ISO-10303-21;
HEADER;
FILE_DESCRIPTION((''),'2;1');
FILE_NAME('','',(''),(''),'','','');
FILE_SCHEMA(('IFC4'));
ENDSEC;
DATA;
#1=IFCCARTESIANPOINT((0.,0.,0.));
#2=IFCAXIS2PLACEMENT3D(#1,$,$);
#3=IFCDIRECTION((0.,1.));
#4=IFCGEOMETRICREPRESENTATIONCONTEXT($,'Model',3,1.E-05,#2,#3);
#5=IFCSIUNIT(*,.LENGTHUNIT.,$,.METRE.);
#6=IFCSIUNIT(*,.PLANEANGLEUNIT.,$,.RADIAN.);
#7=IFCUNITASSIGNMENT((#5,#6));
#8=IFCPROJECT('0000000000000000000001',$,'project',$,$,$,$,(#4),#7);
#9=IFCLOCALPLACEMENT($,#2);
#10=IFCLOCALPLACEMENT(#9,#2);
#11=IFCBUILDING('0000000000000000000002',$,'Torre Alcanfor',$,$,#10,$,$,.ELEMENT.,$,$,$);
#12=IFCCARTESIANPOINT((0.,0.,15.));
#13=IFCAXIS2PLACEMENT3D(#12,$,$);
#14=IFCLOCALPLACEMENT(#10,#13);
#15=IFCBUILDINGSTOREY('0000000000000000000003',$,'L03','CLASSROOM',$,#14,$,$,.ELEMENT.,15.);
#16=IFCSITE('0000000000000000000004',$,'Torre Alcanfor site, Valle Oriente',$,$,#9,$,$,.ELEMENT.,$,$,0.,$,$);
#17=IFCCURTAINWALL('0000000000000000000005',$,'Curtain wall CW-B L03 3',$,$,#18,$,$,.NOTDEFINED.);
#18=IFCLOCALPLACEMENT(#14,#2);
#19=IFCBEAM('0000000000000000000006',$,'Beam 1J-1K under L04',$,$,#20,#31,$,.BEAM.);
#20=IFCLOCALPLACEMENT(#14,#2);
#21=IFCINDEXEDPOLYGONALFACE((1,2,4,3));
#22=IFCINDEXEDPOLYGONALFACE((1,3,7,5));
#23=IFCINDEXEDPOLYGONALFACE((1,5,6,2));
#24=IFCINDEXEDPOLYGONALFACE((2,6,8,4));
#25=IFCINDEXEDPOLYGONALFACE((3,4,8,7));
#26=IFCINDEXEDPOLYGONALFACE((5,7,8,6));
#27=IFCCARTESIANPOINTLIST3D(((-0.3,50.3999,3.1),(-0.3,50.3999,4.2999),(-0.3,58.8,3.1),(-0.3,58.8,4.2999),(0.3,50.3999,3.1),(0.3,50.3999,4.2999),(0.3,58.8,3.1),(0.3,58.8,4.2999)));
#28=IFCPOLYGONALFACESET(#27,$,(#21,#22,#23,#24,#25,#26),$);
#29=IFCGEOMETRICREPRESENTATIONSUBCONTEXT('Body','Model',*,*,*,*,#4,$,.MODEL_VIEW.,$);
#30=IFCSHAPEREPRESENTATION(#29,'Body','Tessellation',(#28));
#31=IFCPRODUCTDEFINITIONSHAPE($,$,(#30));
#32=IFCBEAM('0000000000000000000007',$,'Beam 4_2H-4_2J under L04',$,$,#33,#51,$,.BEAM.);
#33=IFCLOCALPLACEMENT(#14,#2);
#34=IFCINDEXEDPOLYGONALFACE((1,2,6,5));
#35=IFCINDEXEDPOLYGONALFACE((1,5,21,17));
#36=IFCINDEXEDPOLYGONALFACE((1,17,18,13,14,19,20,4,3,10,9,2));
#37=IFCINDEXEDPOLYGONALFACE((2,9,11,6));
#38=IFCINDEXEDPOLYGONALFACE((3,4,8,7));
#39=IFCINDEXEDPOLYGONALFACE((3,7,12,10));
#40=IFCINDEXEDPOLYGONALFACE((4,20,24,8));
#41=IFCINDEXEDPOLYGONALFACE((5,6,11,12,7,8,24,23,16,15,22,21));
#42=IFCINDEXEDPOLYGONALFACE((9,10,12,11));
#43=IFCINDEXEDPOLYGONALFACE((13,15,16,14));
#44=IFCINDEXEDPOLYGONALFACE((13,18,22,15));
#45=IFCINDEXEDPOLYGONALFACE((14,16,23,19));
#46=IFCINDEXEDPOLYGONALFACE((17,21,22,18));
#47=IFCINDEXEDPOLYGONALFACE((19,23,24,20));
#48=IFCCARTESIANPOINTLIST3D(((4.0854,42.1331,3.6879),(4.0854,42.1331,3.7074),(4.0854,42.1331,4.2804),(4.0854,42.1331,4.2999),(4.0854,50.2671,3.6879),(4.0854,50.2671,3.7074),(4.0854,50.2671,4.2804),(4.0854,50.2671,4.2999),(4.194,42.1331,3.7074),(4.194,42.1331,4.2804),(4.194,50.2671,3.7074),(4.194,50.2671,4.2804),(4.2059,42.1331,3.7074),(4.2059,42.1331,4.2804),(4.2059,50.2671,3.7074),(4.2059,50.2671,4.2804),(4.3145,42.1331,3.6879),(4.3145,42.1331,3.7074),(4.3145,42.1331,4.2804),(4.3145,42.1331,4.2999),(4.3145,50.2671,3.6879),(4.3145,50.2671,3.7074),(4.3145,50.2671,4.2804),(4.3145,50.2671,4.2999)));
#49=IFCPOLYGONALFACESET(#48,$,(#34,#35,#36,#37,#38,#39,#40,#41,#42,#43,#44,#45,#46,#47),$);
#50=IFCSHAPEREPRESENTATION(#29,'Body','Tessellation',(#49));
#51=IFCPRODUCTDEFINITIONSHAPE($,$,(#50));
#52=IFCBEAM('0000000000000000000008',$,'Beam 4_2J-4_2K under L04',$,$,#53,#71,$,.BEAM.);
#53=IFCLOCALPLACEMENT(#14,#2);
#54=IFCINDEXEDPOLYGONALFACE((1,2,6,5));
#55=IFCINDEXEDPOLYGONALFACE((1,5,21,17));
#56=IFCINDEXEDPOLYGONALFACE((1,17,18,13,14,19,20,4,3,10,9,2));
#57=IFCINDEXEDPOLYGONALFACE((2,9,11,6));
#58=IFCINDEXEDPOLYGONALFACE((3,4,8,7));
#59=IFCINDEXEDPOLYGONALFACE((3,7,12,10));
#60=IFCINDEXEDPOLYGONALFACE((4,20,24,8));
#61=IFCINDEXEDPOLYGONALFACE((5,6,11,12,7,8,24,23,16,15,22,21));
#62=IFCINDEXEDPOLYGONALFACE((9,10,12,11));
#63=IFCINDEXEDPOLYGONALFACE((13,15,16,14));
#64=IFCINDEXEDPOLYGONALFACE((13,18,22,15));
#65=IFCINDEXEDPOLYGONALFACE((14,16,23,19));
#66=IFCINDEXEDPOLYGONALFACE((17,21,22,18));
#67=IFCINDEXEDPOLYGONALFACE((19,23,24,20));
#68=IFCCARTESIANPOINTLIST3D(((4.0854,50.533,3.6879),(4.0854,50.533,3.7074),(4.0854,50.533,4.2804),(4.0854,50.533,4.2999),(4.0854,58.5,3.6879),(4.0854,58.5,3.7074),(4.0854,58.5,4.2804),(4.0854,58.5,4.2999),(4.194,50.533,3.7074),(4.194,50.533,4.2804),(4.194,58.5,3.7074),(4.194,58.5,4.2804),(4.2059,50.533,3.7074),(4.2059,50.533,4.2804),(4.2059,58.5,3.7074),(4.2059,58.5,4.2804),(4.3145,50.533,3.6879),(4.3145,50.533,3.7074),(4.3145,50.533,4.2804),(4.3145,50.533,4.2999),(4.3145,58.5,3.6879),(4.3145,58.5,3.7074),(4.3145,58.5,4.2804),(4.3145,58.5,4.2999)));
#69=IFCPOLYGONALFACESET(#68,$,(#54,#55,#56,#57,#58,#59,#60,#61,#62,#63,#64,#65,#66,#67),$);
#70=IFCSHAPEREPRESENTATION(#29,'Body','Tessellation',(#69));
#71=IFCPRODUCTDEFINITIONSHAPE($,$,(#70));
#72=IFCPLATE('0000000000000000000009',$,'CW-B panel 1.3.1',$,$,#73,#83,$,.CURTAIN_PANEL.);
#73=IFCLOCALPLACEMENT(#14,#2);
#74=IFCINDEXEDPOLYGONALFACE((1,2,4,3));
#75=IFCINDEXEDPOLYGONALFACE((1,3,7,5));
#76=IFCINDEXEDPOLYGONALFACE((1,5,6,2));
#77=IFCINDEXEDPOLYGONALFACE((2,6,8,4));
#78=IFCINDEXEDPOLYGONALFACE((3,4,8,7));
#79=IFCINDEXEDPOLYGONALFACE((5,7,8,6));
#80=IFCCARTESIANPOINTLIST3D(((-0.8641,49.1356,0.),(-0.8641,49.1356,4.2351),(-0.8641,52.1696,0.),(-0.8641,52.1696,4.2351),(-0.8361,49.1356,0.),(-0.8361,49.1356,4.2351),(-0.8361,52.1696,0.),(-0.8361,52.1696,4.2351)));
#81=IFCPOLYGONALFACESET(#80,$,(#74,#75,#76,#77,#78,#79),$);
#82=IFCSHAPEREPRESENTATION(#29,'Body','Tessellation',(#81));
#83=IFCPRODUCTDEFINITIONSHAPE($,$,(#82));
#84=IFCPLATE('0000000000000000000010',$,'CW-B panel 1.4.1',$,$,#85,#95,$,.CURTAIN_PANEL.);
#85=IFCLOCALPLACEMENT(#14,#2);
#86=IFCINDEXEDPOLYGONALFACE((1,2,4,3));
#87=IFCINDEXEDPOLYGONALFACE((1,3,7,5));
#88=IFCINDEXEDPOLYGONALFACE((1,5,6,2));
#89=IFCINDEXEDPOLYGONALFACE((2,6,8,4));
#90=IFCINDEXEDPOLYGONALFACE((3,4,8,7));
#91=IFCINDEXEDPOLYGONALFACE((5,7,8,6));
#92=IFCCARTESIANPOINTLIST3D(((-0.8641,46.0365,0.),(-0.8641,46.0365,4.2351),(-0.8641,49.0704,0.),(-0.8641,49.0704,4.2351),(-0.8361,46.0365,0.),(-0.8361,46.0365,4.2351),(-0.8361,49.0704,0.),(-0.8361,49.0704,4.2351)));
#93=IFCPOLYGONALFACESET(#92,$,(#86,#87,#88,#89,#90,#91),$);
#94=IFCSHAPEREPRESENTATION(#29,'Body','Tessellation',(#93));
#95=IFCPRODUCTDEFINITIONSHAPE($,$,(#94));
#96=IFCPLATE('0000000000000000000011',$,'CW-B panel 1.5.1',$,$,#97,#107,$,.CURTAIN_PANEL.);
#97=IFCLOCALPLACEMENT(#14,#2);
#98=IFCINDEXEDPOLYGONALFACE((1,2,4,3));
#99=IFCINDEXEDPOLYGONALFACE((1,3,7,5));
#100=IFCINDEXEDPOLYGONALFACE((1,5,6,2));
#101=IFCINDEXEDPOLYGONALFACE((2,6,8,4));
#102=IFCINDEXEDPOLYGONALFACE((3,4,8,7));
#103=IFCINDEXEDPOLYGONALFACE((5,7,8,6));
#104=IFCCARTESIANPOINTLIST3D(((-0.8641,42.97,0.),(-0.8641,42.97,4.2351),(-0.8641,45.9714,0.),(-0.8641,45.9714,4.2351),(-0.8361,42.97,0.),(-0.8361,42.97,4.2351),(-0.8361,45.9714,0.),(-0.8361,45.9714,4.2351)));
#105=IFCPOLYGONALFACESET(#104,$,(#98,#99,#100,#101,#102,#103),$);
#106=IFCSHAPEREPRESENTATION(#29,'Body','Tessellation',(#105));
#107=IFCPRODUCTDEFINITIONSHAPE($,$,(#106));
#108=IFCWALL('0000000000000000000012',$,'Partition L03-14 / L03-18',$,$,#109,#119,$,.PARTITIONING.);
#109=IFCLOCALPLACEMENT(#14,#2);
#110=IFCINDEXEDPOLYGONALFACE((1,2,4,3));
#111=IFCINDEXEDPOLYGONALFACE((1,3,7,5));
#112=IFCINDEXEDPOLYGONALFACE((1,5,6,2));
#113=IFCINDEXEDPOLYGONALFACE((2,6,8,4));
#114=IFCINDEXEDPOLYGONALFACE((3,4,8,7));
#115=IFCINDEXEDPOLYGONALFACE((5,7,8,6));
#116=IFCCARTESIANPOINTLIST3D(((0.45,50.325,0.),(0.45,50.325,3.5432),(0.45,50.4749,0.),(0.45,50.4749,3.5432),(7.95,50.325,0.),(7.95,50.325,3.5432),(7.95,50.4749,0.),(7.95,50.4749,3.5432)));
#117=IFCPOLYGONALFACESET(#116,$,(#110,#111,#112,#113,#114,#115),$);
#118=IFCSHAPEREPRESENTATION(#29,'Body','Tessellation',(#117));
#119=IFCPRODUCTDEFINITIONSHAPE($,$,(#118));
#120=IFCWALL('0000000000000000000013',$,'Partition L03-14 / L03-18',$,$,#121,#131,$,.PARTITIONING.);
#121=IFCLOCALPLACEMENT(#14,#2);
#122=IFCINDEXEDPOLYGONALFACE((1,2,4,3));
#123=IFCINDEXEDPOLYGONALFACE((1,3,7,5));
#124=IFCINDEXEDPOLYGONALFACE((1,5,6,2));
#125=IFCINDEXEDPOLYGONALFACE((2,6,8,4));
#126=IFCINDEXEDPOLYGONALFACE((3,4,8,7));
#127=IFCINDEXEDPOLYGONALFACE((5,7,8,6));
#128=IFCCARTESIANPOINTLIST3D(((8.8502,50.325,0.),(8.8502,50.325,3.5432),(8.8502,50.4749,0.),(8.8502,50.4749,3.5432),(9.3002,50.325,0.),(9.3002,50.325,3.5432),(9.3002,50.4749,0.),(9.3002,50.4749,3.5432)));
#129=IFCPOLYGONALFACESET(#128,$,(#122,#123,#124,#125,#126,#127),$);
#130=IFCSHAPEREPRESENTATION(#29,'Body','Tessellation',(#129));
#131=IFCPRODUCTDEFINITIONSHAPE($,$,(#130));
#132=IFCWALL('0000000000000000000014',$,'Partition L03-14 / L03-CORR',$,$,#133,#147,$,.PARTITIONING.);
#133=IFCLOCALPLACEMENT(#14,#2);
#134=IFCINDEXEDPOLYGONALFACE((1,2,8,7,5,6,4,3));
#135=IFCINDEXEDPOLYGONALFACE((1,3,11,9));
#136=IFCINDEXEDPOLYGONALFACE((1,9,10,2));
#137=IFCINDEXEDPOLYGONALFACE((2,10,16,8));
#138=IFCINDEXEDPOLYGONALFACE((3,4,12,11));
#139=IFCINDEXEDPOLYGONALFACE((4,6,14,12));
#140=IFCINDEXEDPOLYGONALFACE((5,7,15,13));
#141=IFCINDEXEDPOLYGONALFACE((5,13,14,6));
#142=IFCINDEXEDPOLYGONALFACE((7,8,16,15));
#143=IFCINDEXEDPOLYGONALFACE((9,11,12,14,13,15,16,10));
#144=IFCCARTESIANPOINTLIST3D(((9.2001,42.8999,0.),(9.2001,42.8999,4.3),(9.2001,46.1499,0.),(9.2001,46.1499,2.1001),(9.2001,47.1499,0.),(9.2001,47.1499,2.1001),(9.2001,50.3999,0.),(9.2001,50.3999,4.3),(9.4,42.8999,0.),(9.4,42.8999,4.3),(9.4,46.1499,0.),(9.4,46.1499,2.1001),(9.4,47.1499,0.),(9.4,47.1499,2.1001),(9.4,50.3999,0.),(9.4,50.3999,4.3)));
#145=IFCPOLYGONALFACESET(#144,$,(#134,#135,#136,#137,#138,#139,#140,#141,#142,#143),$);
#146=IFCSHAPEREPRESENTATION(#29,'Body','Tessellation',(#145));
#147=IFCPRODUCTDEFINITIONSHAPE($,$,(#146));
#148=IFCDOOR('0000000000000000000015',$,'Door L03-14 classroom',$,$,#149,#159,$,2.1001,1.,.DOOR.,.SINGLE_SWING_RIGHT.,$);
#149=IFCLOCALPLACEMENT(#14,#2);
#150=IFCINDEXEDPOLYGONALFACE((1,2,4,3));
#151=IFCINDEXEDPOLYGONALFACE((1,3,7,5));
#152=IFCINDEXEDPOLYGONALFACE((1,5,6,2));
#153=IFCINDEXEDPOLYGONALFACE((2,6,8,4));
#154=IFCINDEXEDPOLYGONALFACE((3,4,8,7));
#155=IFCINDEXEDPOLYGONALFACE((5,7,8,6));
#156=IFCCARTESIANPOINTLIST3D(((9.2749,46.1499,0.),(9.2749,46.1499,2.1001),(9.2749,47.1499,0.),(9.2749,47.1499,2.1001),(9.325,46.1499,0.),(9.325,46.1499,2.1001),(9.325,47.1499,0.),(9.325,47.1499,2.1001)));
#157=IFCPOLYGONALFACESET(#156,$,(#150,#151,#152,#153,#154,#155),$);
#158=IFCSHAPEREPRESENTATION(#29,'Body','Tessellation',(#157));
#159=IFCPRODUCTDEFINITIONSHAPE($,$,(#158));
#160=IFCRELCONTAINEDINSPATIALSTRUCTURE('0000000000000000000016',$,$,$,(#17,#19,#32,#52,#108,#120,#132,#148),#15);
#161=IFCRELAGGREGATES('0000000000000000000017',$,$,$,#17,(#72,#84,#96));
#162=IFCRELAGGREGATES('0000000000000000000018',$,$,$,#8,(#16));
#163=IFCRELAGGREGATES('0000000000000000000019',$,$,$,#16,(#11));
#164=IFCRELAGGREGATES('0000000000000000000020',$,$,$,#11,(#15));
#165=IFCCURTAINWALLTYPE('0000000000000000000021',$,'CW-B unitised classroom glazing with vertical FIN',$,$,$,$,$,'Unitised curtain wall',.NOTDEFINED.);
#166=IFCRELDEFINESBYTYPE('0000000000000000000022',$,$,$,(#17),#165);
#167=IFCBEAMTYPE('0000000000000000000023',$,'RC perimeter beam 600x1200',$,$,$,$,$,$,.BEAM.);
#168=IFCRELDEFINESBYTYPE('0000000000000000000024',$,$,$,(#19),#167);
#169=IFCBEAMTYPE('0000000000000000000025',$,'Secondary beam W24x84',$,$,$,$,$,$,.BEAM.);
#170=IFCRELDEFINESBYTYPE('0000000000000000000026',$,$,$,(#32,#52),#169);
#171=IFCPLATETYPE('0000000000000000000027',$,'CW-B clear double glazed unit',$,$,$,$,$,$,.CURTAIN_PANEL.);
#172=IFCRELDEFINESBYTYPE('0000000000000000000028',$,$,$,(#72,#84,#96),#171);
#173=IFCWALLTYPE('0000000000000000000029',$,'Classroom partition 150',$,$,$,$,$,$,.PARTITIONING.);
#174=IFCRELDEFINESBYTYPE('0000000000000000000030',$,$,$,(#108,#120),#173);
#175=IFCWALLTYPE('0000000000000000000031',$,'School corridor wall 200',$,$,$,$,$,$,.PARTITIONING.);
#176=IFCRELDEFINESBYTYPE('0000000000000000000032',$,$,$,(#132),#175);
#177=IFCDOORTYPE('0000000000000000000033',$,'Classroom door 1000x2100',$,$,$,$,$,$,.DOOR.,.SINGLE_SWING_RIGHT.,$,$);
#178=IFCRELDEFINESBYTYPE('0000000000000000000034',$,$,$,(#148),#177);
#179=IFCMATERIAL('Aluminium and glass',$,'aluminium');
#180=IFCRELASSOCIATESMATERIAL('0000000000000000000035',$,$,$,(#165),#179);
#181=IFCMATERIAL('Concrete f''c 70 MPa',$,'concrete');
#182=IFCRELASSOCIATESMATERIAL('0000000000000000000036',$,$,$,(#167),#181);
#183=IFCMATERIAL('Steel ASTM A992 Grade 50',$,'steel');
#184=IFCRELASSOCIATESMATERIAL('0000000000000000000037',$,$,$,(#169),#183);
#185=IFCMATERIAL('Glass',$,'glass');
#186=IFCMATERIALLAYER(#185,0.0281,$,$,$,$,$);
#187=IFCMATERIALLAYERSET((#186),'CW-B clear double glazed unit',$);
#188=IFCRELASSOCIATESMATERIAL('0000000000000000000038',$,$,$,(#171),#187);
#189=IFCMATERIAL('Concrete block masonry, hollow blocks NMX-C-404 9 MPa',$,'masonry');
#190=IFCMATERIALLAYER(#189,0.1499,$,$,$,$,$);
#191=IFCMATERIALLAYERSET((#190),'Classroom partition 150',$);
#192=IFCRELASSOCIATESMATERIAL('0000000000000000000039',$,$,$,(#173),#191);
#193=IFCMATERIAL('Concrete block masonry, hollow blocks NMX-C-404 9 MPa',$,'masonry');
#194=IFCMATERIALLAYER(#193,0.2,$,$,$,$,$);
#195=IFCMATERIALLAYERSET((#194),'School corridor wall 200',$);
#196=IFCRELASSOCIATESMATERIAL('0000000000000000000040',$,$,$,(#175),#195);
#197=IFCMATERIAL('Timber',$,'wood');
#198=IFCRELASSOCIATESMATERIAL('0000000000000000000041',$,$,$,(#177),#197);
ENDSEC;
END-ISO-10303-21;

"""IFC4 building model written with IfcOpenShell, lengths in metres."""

from ifc_helpers import new_model, si_unit, direction, frame, frame_2d, origin, origin_2d, place, context, subcontext, project, spatial, rectangle, i_section, extrude, material, layer, layer_set, material_profile, profile_set, type_object, element, fill, aggregate, save


model = new_model("IFC4")

# Units and contexts
model_context = context("Model", 3, precision=1e-05, world=origin(), true_north=direction((0.0, 1.0)))
body_context = subcontext(model_context, "Body", "Model", "MODEL_VIEW")
ifc_project = project(units=[si_unit("LENGTHUNIT", "METRE"), si_unit("PLANEANGLEUNIT", "RADIAN")], contexts=[model_context])

# Site, building, storey
site_placement = place(None, origin())
site = spatial("IfcSite", under=ifc_project, at=site_placement, Name="Torre Alcanfor site, Valle Oriente", CompositionType="ELEMENT", RefElevation=0.0)
building_placement = place(site_placement, origin())
building = spatial("IfcBuilding", under=site, at=building_placement, Name="Torre Alcanfor", CompositionType="ELEMENT")
storey_placement = place(building_placement, frame((0.0, 0.0, 15.0)))
storey = spatial("IfcBuildingStorey", under=building, at=storey_placement, Name="L03", Description="CLASSROOM", CompositionType="ELEMENT", Elevation=15.0)

# Curtain wall
ifc_material_1 = material(Name="Aluminium and glass", Category="aluminium")
curtain_wall_type = type_object("IfcCurtainWallType", Name="CW-B unitised classroom glazing with vertical FIN", ElementType="Unitised curtain wall", PredefinedType="NOTDEFINED", material=ifc_material_1)
curtain_wall_placement = place(storey_placement, origin())
curtain_wall = element("IfcCurtainWall", 1, at=curtain_wall_placement, inside=storey, type_object=curtain_wall_type, Name="Curtain wall CW-B L03 3", PredefinedType="NOTDEFINED")

# Beams
ifc_material_2 = material(Name="Concrete f'c 70 MPa", Category="concrete")
ifc_material_profile_1 = material_profile(ifc_material_2, rectangle(XDim=0.6001, YDim=1.2, at=origin_2d()), Name="600x1200")
ifc_profile_set_1 = profile_set([ifc_material_profile_1], Name="Concrete f'c 70 MPa")
beam_type_1 = type_object("IfcBeamType", Name="RC perimeter beam 600x1200", PredefinedType="BEAM", material=ifc_profile_set_1)
beam_1_placement = place(storey_placement, frame((0.0, 50.3999, 3.7), z_axis=(0.0, 1.0, 0.0), x_axis=(-1.0, 0.0, 0.0)))
element("IfcBeam", 2, at=beam_1_placement, inside=storey, type_object=beam_type_1, Name="Beam 1J-1K under L04", PredefinedType="BEAM", context=body_context, shape_type="SweptSolid", body=[
    extrude(rectangle(XDim=0.6001, YDim=1.2, at=origin_2d()), origin(), (0.0, 0.0, 1.0), 8.4001),
])
ifc_material_3 = material(Name="Steel ASTM A992 Grade 50", Category="steel")
ifc_material_profile_2 = material_profile(ifc_material_3, i_section(OverallWidth=0.229, OverallDepth=0.6121, WebThickness=0.012, FlangeThickness=0.0195, at=origin_2d()), Name="W24x84")
ifc_profile_set_2 = profile_set([ifc_material_profile_2], Name="Steel ASTM A992 Grade 50")
beam_type_2 = type_object("IfcBeamType", Name="Secondary beam W24x84", PredefinedType="BEAM", material=ifc_profile_set_2)
beam_2_placement = place(storey_placement, frame((4.2, 42.1331, 3.9939), z_axis=(0.0, 1.0, 0.0), x_axis=(-1.0, 0.0, 0.0)))
element("IfcBeam", 3, at=beam_2_placement, inside=storey, type_object=beam_type_2, Name="Beam 4_2H-4_2J under L04", PredefinedType="BEAM", context=body_context, shape_type="SweptSolid", body=[
    extrude(i_section(OverallWidth=0.229, OverallDepth=0.6121, WebThickness=0.012, FlangeThickness=0.0195, at=origin_2d()), origin(), (0.0, 0.0, 1.0), 8.134),
])
beam_3_placement = place(storey_placement, frame((4.2, 50.533, 3.9939), z_axis=(0.0, 1.0, 0.0), x_axis=(-1.0, 0.0, 0.0)))
element("IfcBeam", 4, at=beam_3_placement, inside=storey, type_object=beam_type_2, Name="Beam 4_2J-4_2K under L04", PredefinedType="BEAM", context=body_context, shape_type="SweptSolid", body=[
    extrude(i_section(OverallWidth=0.229, OverallDepth=0.6121, WebThickness=0.012, FlangeThickness=0.0195, at=origin_2d()), origin(), (0.0, 0.0, 1.0), 7.967),
])

# Plates
ifc_material_4 = material(Name="Glass", Category="glass")
ifc_layer_1 = layer(ifc_material_4, 0.0281)
ifc_layer_set_1 = layer_set([ifc_layer_1], Name="CW-B clear double glazed unit")
plate_type = type_object("IfcPlateType", Name="CW-B clear double glazed unit", PredefinedType="CURTAIN_PANEL", material=ifc_layer_set_1)
plate_1_placement = place(storey_placement, frame((-0.8501, 50.6526, 0.0), z_axis=(0.0, 0.0, 1.0), x_axis=(0.0, -1.0, 0.0)))
plate_1 = element("IfcPlate", 5, at=plate_1_placement, type_object=plate_type, Name="CW-B panel 1.3.1", PredefinedType="CURTAIN_PANEL", context=body_context, shape_type="SweptSolid", body=[
    extrude(rectangle(XDim=3.0339, YDim=0.0281, at=origin_2d()), origin(), (0.0, 0.0, 1.0), 4.2351),
])
plate_2_placement = place(storey_placement, frame((-0.8501, 47.5535, 0.0), z_axis=(0.0, 0.0, 1.0), x_axis=(0.0, -1.0, 0.0)))
plate_2 = element("IfcPlate", 6, at=plate_2_placement, type_object=plate_type, Name="CW-B panel 1.4.1", PredefinedType="CURTAIN_PANEL", context=body_context, shape_type="SweptSolid", body=[
    extrude(rectangle(XDim=3.0339, YDim=0.0281, at=origin_2d()), origin(), (0.0, 0.0, 1.0), 4.2351),
])
plate_3_placement = place(storey_placement, frame((-0.8501, 44.4707, 0.0), z_axis=(0.0, 0.0, 1.0), x_axis=(0.0, -1.0, 0.0)))
plate_3 = element("IfcPlate", 7, at=plate_3_placement, type_object=plate_type, Name="CW-B panel 1.5.1", PredefinedType="CURTAIN_PANEL", context=body_context, shape_type="SweptSolid", body=[
    extrude(rectangle(XDim=3.0015, YDim=0.0281, at=origin_2d()), origin(), (0.0, 0.0, 1.0), 4.2351),
])
aggregate(curtain_wall, [plate_1, plate_2, plate_3])

# Walls
ifc_material_5 = material(Name="Concrete block masonry, hollow blocks NMX-C-404 9 MPa", Category="masonry")
ifc_layer_2 = layer(ifc_material_5, 0.1499)
ifc_layer_set_2 = layer_set([ifc_layer_2], Name="Classroom partition 150")
wall_type_1 = type_object("IfcWallType", Name="Classroom partition 150", PredefinedType="PARTITIONING", material=ifc_layer_set_2)
wall_1_placement = place(storey_placement, frame((0.45, 50.3999, 0.0), z_axis=(0.0, 0.0, 1.0), x_axis=(1.0, 0.0, 0.0)))
element("IfcWall", 8, at=wall_1_placement, inside=storey, type_object=wall_type_1, Name="Partition L03-14 / L03-18", PredefinedType="PARTITIONING", context=body_context, shape_type="SweptSolid", body=[
    extrude(rectangle(XDim=7.5, YDim=0.1499, at=frame_2d((3.75, 0.0))), origin(), (0.0, 0.0, 1.0), 3.5432),
])
wall_2_placement = place(storey_placement, frame((8.8501, 50.3999, 0.0), z_axis=(0.0, 0.0, 1.0), x_axis=(1.0, 0.0, 0.0)))
element("IfcWall", 9, at=wall_2_placement, inside=storey, type_object=wall_type_1, Name="Partition L03-14 / L03-18", PredefinedType="PARTITIONING", context=body_context, shape_type="SweptSolid", body=[
    extrude(rectangle(XDim=0.45, YDim=0.1499, at=frame_2d((0.2251, 0.0))), origin(), (0.0, 0.0, 1.0), 3.5432),
])

# Wall, opening, door
ifc_material_6 = material(Name="Concrete block masonry, hollow blocks NMX-C-404 9 MPa", Category="masonry")
ifc_layer_3 = layer(ifc_material_6, 0.2)
ifc_layer_set_3 = layer_set([ifc_layer_3], Name="School corridor wall 200")
wall_type_2 = type_object("IfcWallType", Name="School corridor wall 200", PredefinedType="PARTITIONING", material=ifc_layer_set_3)
wall_3_placement = place(storey_placement, frame((9.3, 50.3999, 0.0), z_axis=(0.0, 0.0, 1.0), x_axis=(0.0, -1.0, 0.0)))
wall_3 = element("IfcWall", 10, at=wall_3_placement, inside=storey, type_object=wall_type_2, Name="Partition L03-14 / L03-CORR", PredefinedType="PARTITIONING", context=body_context, shape_type="SweptSolid", body=[
    extrude(rectangle(XDim=7.5, YDim=0.2, at=frame_2d((3.75, 0.0))), origin(), (0.0, 0.0, 1.0), 4.3),
])
opening_placement = place(wall_3_placement, frame((3.25, 0.0, 0.0)))
opening = element("IfcOpeningElement", 11, at=opening_placement, cuts=wall_3, PredefinedType="OPENING", context=body_context, shape_type="SweptSolid", body=[
    extrude(rectangle(XDim=1.0, YDim=2.1001, at=frame_2d((0.5, 1.05))), frame((0.0, 0.1099, 0.0), z_axis=(0.0, -1.0, 0.0), x_axis=(1.0, 0.0, 0.0)), (0.0, 0.0, 1.0), 0.22),
])
ifc_material_7 = material(Name="Timber", Category="wood")
door_type = type_object("IfcDoorType", Name="Classroom door 1000x2100", OperationType="SINGLE_SWING_RIGHT", PredefinedType="DOOR", material=ifc_material_7)
door_placement = place(opening_placement, frame((1.0, 0.0, 0.0), z_axis=(0.0, 0.0, 1.0), x_axis=(-1.0, 0.0, 0.0)))
door = element("IfcDoor", 12, at=door_placement, inside=storey, type_object=door_type, Name="Door L03-14 classroom", OperationType="SINGLE_SWING_RIGHT", OverallHeight=2.1001, OverallWidth=1.0, PredefinedType="DOOR", context=body_context, shape_type="SweptSolid", body=[
    extrude(rectangle(XDim=1.0, YDim=2.1001, at=frame_2d((0.5, 1.05))), frame((0.0, 0.0251, 0.0), z_axis=(0.0, -1.0, 0.0), x_axis=(1.0, 0.0, 0.0)), (0.0, 0.0, 1.0), 0.05),
])
fill(opening, door)

save(model, "model.ifc")
